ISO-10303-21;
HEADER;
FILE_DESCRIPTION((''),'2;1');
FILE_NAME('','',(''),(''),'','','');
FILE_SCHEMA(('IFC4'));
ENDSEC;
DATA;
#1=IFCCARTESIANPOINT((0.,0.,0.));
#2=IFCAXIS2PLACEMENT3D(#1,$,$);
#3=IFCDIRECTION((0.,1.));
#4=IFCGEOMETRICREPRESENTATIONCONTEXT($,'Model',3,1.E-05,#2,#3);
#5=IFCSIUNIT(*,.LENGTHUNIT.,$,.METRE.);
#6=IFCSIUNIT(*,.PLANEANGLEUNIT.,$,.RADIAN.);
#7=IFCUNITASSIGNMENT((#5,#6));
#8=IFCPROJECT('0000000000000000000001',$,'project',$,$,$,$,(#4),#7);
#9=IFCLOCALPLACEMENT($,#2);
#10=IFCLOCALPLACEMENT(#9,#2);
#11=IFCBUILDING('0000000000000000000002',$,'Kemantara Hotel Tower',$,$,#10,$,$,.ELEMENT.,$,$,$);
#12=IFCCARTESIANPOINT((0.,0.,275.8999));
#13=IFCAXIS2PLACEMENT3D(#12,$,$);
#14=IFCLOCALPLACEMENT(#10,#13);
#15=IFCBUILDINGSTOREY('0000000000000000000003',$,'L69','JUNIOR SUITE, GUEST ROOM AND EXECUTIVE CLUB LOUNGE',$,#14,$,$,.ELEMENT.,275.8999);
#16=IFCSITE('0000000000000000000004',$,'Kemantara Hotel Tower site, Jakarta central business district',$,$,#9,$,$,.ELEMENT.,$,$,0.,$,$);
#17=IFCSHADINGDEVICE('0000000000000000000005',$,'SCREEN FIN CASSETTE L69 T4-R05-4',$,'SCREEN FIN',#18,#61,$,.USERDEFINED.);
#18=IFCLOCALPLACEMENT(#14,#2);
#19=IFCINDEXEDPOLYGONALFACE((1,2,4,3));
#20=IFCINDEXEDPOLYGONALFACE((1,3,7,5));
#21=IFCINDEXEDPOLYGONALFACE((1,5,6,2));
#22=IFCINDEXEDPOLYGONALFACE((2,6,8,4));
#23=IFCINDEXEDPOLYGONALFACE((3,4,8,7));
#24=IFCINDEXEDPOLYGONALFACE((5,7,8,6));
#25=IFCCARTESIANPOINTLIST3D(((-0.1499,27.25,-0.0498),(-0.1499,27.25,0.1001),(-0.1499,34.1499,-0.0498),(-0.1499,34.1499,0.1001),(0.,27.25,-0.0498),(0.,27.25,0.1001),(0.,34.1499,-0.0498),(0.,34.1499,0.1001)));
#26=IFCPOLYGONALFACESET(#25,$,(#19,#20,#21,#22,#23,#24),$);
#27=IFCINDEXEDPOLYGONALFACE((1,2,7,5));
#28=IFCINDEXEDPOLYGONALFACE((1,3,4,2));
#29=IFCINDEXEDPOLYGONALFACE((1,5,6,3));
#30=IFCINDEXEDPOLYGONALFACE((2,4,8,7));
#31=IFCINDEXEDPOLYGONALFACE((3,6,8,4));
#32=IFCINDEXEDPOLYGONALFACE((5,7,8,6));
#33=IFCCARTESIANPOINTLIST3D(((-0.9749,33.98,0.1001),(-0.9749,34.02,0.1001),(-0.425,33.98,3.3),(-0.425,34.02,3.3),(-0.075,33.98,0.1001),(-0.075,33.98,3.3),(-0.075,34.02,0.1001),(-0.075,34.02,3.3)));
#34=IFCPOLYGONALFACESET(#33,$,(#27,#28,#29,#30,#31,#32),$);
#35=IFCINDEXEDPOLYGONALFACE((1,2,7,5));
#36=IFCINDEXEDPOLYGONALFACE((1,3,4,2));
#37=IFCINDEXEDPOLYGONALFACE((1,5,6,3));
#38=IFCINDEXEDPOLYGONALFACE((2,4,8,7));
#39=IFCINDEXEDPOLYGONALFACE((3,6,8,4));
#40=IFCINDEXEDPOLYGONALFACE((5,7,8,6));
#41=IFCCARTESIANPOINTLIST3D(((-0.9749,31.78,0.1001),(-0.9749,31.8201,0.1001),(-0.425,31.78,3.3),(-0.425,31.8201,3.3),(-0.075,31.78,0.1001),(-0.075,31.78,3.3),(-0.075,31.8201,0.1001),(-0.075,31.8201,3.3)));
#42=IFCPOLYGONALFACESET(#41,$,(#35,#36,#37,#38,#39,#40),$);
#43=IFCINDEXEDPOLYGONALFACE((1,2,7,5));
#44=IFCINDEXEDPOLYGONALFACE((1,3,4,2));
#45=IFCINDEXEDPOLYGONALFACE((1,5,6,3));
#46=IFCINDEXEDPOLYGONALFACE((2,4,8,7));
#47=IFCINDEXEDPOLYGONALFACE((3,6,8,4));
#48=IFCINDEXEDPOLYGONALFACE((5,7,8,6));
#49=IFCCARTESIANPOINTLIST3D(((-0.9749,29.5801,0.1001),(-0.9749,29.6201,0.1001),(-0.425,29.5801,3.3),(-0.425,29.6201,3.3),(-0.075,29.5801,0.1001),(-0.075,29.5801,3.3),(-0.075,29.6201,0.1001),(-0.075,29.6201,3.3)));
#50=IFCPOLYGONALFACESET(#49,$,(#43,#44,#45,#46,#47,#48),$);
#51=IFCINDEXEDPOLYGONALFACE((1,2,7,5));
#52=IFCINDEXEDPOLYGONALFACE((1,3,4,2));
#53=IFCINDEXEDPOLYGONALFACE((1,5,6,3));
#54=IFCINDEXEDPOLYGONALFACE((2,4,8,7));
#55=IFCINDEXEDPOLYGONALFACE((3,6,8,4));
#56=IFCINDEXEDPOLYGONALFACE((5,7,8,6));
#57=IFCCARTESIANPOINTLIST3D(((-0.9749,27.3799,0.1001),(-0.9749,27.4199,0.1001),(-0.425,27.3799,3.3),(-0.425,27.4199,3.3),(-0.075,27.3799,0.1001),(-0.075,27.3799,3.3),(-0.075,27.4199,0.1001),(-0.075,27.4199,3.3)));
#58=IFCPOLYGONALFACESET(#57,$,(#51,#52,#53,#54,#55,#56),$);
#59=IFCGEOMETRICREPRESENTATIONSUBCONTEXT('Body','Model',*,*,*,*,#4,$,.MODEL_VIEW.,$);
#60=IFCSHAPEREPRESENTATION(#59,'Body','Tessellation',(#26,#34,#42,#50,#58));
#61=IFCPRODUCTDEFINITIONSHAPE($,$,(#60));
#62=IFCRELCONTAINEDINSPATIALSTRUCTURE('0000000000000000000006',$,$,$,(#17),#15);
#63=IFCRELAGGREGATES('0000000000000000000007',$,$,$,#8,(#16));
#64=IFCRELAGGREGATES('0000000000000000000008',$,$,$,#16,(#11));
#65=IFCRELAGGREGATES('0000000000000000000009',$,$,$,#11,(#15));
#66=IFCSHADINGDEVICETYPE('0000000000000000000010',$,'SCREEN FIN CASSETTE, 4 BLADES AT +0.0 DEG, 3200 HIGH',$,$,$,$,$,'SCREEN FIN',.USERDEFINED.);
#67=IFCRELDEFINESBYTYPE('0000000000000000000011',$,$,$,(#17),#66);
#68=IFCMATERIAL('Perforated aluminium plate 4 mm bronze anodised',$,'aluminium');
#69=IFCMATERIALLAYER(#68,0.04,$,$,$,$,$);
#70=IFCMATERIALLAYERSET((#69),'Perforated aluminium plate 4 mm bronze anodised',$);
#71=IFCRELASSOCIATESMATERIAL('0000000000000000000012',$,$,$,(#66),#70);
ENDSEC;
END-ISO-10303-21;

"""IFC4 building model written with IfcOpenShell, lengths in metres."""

from ifc_helpers import new_model, si_unit, direction, frame, origin, origin_2d, place, context, subcontext, project, spatial, polyline, rectangle, outline, extrude, source, transform, mapped, material, layer, layer_set, type_object, element, save


model = new_model("IFC4")

# Units and contexts
model_context = context("Model", 3, precision=1e-05, world=origin(), true_north=direction((0.0, 1.0)))
body_context = subcontext(model_context, "Body", "Model", "MODEL_VIEW")
ifc_project = project(units=[si_unit("LENGTHUNIT", "METRE"), si_unit("PLANEANGLEUNIT", "RADIAN")], contexts=[model_context])

# Site, building, storey
site_placement = place(None, origin())
site = spatial("IfcSite", under=ifc_project, at=site_placement, Name="Kemantara Hotel Tower site, Jakarta central business district", CompositionType="ELEMENT", RefElevation=0.0)
building_placement = place(site_placement, origin())
building = spatial("IfcBuilding", under=site, at=building_placement, Name="Kemantara Hotel Tower", CompositionType="ELEMENT")
storey_placement = place(building_placement, frame((0.0, 0.0, 275.8999)))
storey = spatial("IfcBuildingStorey", under=building, at=storey_placement, Name="L69", Description="JUNIOR SUITE, GUEST ROOM AND EXECUTIVE CLUB LOUNGE", CompositionType="ELEMENT", Elevation=275.8999)

# Shading device
ifc_material_1 = material(Name="Perforated aluminium plate 4 mm bronze anodised", Category="aluminium")
ifc_layer_1 = layer(ifc_material_1, 0.04)
ifc_layer_set_1 = layer_set([ifc_layer_1], Name="Perforated aluminium plate 4 mm bronze anodised")
shading_device_type_1 = type_object("IfcShadingDeviceType", Name="SCREEN FIN CASSETTE, 4 BLADES AT +0.0 DEG, 3200 HIGH", ElementType="SCREEN FIN", PredefinedType="USERDEFINED", material=ifc_layer_set_1)
shared_shape_1 = source(origin(), body_context, "Body", "SweptSolid", [
    extrude(rectangle(XDim=6.8999, YDim=0.1499, at=origin_2d()), frame((3.3, -0.075, -0.1499), z_axis=(0.0, 0.0, 1.0), x_axis=(1.0, 0.0, 0.0)), (0.0, 0.0, 1.0), 0.1499),
    extrude(outline(polyline([(0.0, 0.0), (0.8999, 0.0), (0.3501, 3.2), (0.0, 3.2), (0.0, 0.0)])), frame((0.02, -0.075, 0.0), z_axis=(-1.0, 0.0, 0.0), x_axis=(0.0, -1.0, 0.0)), (0.0, 0.0, 1.0), 0.04),
    extrude(outline(polyline([(0.0, 0.0), (0.8999, 0.0), (0.3501, 3.2), (0.0, 3.2), (0.0, 0.0)])), frame((2.22, -0.075, 0.0), z_axis=(-1.0, 0.0, 0.0), x_axis=(0.0, -1.0, 0.0)), (0.0, 0.0, 1.0), 0.04),
    extrude(outline(polyline([(0.0, 0.0), (0.8999, 0.0), (0.3501, 3.2), (0.0, 3.2), (0.0, 0.0)])), frame((4.4199, -0.075, 0.0), z_axis=(-1.0, 0.0, 0.0), x_axis=(0.0, -1.0, 0.0)), (0.0, 0.0, 1.0), 0.04),
    extrude(outline(polyline([(0.0, 0.0), (0.8999, 0.0), (0.3501, 3.2), (0.0, 3.2), (0.0, 0.0)])), frame((6.6201, -0.075, 0.0), z_axis=(-1.0, 0.0, 0.0), x_axis=(0.0, -1.0, 0.0)), (0.0, 0.0, 1.0), 0.04),
])
shading_device_1_placement = place(storey_placement, frame((0.0, 34.0, 0.1001), z_axis=(0.0, 0.0, 1.0), x_axis=(0.0, -1.0, 0.0)))
element("IfcShadingDevice", 1, at=shading_device_1_placement, inside=storey, type_object=shading_device_type_1, Name="SCREEN FIN CASSETTE L69 T4-R05-4", ObjectType="SCREEN FIN", PredefinedType="USERDEFINED", context=body_context, shape_type="MappedRepresentation", body=[
    mapped(shared_shape_1, transform((0.0, 0.0, 0.0))),
])

save(model, "model.ifc")
